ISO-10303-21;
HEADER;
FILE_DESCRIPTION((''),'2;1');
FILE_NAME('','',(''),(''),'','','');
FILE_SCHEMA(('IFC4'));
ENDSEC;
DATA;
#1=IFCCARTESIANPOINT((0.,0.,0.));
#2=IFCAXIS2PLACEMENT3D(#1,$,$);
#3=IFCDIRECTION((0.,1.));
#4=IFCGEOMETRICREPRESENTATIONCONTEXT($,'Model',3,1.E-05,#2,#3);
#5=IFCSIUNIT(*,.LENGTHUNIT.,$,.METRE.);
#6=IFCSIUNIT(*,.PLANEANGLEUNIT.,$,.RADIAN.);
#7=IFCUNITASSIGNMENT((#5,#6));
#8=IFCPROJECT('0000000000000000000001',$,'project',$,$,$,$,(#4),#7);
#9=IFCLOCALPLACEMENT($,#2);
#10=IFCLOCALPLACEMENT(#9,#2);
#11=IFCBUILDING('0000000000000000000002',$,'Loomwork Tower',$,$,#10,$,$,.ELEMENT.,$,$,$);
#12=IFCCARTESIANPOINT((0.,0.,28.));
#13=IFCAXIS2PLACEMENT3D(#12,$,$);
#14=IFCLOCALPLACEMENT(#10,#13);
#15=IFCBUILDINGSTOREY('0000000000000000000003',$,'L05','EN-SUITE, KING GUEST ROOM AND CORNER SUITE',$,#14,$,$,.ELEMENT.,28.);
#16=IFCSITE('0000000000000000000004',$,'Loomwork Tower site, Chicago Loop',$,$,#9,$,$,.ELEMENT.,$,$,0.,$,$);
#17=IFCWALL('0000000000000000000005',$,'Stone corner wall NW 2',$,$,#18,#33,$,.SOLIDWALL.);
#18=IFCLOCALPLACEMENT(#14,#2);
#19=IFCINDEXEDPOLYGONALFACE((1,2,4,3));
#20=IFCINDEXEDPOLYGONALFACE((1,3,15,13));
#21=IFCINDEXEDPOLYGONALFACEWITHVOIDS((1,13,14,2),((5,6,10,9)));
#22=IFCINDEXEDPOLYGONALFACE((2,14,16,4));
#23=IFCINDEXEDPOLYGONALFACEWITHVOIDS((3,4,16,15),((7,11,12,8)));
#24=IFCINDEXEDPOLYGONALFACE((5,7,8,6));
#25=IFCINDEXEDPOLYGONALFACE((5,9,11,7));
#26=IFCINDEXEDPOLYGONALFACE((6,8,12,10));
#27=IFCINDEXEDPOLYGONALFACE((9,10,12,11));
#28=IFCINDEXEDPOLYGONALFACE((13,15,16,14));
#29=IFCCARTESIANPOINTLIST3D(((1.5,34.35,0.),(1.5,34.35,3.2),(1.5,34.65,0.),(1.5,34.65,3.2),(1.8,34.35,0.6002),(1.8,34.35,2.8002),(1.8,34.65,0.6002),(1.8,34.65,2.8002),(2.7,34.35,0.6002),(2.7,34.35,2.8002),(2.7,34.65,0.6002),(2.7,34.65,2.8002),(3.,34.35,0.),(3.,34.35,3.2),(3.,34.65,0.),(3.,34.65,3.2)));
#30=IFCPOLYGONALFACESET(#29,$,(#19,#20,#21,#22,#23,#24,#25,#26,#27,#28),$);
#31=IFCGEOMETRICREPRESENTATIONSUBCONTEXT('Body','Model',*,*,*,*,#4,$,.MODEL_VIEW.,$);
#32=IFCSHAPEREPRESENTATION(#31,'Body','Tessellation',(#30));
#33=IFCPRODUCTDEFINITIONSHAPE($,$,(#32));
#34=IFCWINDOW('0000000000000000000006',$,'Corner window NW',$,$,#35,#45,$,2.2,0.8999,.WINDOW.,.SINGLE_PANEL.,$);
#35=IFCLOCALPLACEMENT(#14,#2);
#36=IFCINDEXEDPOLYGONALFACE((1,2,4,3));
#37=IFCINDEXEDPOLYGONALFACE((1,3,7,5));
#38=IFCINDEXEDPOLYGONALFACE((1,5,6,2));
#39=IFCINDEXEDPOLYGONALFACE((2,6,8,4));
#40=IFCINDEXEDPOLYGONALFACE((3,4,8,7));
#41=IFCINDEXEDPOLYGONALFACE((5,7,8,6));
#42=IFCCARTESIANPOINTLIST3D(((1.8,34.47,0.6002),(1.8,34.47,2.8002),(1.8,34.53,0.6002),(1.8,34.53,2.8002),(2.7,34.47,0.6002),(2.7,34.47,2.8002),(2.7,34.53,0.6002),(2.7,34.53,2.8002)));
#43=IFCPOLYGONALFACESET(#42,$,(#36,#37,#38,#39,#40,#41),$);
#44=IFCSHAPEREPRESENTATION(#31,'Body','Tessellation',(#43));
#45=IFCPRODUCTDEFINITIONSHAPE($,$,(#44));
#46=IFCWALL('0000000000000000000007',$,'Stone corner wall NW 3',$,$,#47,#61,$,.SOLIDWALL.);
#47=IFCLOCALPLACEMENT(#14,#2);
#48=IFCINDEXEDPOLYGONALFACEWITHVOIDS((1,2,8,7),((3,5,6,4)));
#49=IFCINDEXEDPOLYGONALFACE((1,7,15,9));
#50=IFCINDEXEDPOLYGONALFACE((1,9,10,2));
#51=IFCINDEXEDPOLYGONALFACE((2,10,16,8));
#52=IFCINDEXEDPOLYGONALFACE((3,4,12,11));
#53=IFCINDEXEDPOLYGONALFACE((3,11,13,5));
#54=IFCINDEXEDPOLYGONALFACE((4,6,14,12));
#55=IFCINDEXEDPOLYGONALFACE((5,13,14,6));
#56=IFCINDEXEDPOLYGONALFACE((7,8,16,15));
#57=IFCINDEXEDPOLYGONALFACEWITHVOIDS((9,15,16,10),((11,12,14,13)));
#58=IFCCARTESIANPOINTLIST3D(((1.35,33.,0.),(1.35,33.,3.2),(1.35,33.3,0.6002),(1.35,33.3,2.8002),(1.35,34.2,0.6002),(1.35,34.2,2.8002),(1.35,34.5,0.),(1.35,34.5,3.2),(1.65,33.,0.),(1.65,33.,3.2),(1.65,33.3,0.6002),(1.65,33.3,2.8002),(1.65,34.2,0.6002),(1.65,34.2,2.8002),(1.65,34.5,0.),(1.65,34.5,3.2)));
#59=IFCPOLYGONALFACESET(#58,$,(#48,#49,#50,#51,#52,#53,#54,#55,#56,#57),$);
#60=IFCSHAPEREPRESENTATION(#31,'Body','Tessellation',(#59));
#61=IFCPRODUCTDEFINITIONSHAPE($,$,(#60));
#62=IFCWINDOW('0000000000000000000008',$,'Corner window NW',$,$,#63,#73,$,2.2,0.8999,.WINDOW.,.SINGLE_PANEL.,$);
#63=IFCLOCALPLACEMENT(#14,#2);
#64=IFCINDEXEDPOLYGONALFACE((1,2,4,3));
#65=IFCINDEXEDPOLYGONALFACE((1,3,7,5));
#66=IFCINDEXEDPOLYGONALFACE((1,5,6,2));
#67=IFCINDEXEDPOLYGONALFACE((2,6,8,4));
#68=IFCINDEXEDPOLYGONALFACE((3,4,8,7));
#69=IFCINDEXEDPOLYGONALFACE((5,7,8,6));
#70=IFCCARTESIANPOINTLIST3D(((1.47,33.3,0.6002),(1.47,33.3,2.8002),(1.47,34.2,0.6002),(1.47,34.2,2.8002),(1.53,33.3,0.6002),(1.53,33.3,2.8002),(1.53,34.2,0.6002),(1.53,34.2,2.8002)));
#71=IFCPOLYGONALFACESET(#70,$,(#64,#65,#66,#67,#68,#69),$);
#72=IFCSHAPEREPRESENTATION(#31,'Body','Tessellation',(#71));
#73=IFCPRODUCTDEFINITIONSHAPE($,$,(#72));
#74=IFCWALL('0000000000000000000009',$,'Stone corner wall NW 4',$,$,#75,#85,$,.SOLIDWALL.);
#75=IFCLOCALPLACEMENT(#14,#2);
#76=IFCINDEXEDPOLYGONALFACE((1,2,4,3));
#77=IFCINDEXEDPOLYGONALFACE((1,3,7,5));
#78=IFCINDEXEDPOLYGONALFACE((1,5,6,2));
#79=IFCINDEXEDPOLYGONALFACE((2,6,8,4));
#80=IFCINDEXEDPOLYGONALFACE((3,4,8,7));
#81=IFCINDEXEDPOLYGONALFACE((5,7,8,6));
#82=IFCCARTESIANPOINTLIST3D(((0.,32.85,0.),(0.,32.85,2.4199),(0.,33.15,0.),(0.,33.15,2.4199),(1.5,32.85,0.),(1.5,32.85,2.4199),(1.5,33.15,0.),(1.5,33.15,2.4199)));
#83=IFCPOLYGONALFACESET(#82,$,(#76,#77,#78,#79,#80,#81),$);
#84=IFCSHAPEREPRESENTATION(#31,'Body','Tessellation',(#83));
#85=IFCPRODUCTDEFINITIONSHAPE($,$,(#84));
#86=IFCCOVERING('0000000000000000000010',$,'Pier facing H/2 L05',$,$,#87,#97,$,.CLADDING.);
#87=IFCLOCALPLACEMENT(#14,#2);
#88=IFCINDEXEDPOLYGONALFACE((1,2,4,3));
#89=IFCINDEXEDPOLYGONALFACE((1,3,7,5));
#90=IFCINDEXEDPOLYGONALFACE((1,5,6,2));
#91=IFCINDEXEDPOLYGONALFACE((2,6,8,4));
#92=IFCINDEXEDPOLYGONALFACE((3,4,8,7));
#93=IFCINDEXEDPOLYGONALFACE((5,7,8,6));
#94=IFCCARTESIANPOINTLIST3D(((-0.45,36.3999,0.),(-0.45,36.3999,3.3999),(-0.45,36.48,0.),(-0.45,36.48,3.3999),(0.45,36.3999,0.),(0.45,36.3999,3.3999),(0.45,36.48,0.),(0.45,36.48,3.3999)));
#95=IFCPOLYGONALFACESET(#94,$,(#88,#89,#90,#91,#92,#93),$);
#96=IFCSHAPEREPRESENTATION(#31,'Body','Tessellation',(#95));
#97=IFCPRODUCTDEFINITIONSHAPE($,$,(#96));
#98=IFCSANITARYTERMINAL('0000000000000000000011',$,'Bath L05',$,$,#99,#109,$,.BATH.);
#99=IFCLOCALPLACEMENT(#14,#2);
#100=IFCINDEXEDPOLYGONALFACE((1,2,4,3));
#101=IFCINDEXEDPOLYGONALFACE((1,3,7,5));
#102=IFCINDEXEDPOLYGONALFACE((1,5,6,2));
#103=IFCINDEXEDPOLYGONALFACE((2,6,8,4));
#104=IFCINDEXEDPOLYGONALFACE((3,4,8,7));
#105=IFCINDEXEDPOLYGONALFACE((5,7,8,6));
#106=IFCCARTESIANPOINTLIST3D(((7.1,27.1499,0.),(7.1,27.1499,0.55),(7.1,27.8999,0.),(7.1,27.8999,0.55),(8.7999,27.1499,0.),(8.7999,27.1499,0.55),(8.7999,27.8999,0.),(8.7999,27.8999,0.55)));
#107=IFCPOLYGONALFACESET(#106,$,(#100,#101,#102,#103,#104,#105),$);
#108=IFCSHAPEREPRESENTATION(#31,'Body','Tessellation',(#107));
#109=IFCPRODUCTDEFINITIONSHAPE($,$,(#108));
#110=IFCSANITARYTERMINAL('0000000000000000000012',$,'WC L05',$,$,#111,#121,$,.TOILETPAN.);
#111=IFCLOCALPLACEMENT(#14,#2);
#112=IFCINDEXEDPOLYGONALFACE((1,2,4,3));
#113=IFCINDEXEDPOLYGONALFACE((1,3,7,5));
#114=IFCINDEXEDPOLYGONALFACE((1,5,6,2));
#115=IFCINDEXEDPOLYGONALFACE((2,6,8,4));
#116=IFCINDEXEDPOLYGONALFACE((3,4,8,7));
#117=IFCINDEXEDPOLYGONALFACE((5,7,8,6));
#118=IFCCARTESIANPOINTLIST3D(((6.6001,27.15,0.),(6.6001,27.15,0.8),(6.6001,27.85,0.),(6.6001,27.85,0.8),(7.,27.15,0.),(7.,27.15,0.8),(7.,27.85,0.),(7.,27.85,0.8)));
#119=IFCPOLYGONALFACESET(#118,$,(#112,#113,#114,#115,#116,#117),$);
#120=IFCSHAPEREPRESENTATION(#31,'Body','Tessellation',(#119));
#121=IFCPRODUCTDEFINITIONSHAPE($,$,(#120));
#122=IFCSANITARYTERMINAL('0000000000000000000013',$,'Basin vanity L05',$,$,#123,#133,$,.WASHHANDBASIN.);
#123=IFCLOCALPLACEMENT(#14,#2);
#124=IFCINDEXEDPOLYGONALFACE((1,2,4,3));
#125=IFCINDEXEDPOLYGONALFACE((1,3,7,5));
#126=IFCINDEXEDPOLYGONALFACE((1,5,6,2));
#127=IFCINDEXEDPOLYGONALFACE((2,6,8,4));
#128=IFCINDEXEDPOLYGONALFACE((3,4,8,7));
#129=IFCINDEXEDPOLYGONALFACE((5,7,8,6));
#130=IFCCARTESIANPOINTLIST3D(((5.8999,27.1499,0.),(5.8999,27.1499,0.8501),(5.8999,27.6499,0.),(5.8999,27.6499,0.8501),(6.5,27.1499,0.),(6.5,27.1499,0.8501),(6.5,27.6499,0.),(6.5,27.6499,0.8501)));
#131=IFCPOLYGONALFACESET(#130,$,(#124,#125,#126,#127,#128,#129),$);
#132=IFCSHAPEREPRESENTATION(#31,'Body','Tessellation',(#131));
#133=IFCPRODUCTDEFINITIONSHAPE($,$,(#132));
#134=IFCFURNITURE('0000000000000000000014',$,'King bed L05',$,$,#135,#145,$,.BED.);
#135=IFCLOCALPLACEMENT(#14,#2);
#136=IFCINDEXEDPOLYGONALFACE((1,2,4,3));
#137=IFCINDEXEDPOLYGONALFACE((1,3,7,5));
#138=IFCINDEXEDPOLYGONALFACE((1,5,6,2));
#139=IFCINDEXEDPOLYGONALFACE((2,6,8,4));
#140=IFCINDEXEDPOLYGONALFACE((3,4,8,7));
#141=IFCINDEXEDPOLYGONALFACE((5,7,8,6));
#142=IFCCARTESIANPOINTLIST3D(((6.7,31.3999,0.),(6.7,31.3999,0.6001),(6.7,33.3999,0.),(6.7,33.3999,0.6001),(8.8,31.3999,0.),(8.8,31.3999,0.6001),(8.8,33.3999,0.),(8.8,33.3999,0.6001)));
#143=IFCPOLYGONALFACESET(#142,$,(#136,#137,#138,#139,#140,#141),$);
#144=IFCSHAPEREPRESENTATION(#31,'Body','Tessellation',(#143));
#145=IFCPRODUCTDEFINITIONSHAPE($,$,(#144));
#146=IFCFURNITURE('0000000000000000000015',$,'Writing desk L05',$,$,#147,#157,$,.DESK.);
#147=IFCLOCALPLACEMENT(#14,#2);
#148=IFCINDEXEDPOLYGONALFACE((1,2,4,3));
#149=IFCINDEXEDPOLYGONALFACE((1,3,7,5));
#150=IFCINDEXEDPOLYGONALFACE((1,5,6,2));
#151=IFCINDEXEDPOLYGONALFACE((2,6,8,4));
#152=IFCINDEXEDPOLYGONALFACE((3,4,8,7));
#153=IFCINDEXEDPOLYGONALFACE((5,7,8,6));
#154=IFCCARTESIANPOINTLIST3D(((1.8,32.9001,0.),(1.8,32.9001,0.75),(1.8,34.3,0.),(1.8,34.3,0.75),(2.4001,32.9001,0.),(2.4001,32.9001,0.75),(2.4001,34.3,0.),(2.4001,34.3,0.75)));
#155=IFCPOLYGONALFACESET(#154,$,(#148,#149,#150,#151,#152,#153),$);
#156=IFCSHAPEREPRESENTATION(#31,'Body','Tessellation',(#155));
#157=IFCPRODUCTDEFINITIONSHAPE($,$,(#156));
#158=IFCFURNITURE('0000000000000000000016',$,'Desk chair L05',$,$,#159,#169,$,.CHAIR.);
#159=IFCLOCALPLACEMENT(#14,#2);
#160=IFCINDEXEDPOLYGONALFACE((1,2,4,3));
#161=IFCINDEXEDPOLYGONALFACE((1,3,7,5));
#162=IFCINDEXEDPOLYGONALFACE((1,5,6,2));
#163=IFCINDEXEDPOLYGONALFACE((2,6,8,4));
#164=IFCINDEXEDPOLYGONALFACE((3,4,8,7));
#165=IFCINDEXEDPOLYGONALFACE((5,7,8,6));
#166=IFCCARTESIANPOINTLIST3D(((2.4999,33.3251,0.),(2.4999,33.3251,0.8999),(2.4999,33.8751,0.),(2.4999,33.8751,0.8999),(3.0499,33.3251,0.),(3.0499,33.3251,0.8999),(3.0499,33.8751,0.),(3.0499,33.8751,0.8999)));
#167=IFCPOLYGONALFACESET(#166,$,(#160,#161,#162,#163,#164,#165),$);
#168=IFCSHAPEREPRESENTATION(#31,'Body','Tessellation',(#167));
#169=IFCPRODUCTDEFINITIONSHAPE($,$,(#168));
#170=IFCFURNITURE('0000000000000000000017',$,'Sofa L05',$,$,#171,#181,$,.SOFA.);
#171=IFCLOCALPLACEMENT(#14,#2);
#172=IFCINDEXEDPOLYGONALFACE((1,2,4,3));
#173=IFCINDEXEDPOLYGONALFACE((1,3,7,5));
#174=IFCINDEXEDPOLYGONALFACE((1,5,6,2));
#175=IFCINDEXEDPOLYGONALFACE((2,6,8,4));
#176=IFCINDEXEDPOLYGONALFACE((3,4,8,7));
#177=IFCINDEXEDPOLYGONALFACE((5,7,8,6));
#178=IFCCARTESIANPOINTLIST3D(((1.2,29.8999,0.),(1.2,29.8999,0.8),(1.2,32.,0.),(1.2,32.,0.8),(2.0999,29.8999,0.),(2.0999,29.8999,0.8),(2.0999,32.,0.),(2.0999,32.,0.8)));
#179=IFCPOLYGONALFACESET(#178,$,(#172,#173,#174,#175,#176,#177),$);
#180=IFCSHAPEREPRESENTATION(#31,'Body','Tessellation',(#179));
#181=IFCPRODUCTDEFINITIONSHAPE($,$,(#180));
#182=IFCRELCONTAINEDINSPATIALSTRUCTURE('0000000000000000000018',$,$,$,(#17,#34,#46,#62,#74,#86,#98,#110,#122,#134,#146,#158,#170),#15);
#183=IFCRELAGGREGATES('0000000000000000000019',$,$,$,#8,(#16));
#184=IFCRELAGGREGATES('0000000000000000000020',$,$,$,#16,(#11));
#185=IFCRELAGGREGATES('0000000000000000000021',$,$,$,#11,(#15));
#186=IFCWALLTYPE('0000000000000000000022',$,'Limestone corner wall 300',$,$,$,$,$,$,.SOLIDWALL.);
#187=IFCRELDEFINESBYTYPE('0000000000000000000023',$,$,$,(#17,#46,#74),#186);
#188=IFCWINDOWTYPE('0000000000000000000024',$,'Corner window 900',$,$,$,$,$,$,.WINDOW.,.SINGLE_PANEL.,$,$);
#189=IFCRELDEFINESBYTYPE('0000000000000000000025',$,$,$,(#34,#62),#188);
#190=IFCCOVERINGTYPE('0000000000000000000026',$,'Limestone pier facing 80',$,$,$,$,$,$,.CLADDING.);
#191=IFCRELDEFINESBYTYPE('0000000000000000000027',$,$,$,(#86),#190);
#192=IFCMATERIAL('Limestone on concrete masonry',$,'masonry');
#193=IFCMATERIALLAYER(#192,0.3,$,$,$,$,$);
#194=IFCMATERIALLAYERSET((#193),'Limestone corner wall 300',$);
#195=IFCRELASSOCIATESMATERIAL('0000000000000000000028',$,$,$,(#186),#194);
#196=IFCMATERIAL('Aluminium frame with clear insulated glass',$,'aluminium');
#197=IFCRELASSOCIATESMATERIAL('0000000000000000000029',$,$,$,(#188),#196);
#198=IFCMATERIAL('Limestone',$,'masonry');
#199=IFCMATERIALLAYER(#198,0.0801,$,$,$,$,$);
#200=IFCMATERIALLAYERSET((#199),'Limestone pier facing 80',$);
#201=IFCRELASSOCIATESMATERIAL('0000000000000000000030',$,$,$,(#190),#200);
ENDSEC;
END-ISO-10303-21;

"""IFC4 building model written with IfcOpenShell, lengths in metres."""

from ifc_helpers import new_model, si_unit, direction, frame, frame_2d, origin, origin_2d, place, context, subcontext, project, spatial, rectangle, extrude, material, layer, layer_set, type_object, element, fill, save


model = new_model("IFC4")

# Units and contexts
model_context = context("Model", 3, precision=1e-05, world=origin(), true_north=direction((0.0, 1.0)))
body_context = subcontext(model_context, "Body", "Model", "MODEL_VIEW")
ifc_project = project(units=[si_unit("LENGTHUNIT", "METRE"), si_unit("PLANEANGLEUNIT", "RADIAN")], contexts=[model_context])

# Site, building, storey
site_placement = place(None, origin())
site = spatial("IfcSite", under=ifc_project, at=site_placement, Name="Loomwork Tower site, Chicago Loop", CompositionType="ELEMENT", RefElevation=0.0)
building_placement = place(site_placement, origin())
building = spatial("IfcBuilding", under=site, at=building_placement, Name="Loomwork Tower", CompositionType="ELEMENT")
storey_placement = place(building_placement, frame((0.0, 0.0, 28.0)))
storey = spatial("IfcBuildingStorey", under=building, at=storey_placement, Name="L05", Description="EN-SUITE, KING GUEST ROOM AND CORNER SUITE", CompositionType="ELEMENT", Elevation=28.0)

# Shared definitions
ifc_material_1 = material(Name="Limestone on concrete masonry", Category="masonry")
ifc_layer_1 = layer(ifc_material_1, 0.3)
ifc_layer_set_1 = layer_set([ifc_layer_1], Name="Limestone corner wall 300")
wall_type_1 = type_object("IfcWallType", Name="Limestone corner wall 300", PredefinedType="SOLIDWALL", material=ifc_layer_set_1)

# Walls, openings, windows
wall_1_placement = place(storey_placement, frame((3.0, 34.5, 0.0), z_axis=(0.0, 0.0, 1.0), x_axis=(-1.0, 0.0, 0.0)))
wall_1 = element("IfcWall", 1, at=wall_1_placement, inside=storey, type_object=wall_type_1, Name="Stone corner wall NW 2", PredefinedType="SOLIDWALL", context=body_context, shape_type="SweptSolid", body=[
    extrude(rectangle(XDim=1.5, YDim=0.3, at=frame_2d((0.75, 0.0))), origin(), (0.0, 0.0, 1.0), 3.2),
])
opening_1_placement = place(wall_1_placement, frame((0.3, 0.0, 0.6001)))
opening_1 = element("IfcOpeningElement", 2, at=opening_1_placement, cuts=wall_1, PredefinedType="OPENING", context=body_context, shape_type="SweptSolid", body=[
    extrude(rectangle(XDim=0.8999, YDim=2.2, at=frame_2d((0.45, 1.1001))), frame((0.0, 0.1599, 0.0), z_axis=(0.0, -1.0, 0.0), x_axis=(1.0, 0.0, 0.0)), (0.0, 0.0, 1.0), 0.3201),
])
ifc_material_2 = material(Name="Aluminium frame with clear insulated glass", Category="aluminium")
window_type_1 = type_object("IfcWindowType", Name="Corner window 900", PartitioningType="SINGLE_PANEL", PredefinedType="WINDOW", material=ifc_material_2)
window_1_placement = place(opening_1_placement, origin())
window_1 = element("IfcWindow", 3, at=window_1_placement, inside=storey, type_object=window_type_1, Name="Corner window NW", OverallHeight=2.2, OverallWidth=0.8999, PartitioningType="SINGLE_PANEL", PredefinedType="WINDOW", context=body_context, shape_type="SweptSolid", body=[
    extrude(rectangle(XDim=0.8999, YDim=2.2, at=frame_2d((0.45, 1.1001))), frame((0.0, 0.03, 0.0), z_axis=(0.0, -1.0, 0.0), x_axis=(1.0, 0.0, 0.0)), (0.0, 0.0, 1.0), 0.0601),
])
fill(opening_1, window_1)
wall_2_placement = place(storey_placement, frame((1.5, 34.5, 0.0), z_axis=(0.0, 0.0, 1.0), x_axis=(0.0, -1.0, 0.0)))
wall_2 = element("IfcWall", 4, at=wall_2_placement, inside=storey, type_object=wall_type_1, Name="Stone corner wall NW 3", PredefinedType="SOLIDWALL", context=body_context, shape_type="SweptSolid", body=[
    extrude(rectangle(XDim=1.5, YDim=0.3, at=frame_2d((0.75, 0.0))), origin(), (0.0, 0.0, 1.0), 3.2),
])
opening_2_placement = place(wall_2_placement, frame((0.3, 0.0, 0.6001)))
opening_2 = element("IfcOpeningElement", 5, at=opening_2_placement, cuts=wall_2, PredefinedType="OPENING", context=body_context, shape_type="SweptSolid", body=[
    extrude(rectangle(XDim=0.8999, YDim=2.2, at=frame_2d((0.45, 1.1001))), frame((0.0, 0.1599, 0.0), z_axis=(0.0, -1.0, 0.0), x_axis=(1.0, 0.0, 0.0)), (0.0, 0.0, 1.0), 0.3201),
])
window_2_placement = place(opening_2_placement, origin())
window_2 = element("IfcWindow", 6, at=window_2_placement, inside=storey, type_object=window_type_1, Name="Corner window NW", OverallHeight=2.2, OverallWidth=0.8999, PartitioningType="SINGLE_PANEL", PredefinedType="WINDOW", context=body_context, shape_type="SweptSolid", body=[
    extrude(rectangle(XDim=0.8999, YDim=2.2, at=frame_2d((0.45, 1.1001))), frame((0.0, 0.03, 0.0), z_axis=(0.0, -1.0, 0.0), x_axis=(1.0, 0.0, 0.0)), (0.0, 0.0, 1.0), 0.0601),
])
fill(opening_2, window_2)

# Wall
wall_3_placement = place(storey_placement, frame((1.5, 33.0, 0.0), z_axis=(0.0, 0.0, 1.0), x_axis=(-1.0, 0.0, 0.0)))
element("IfcWall", 7, at=wall_3_placement, inside=storey, type_object=wall_type_1, Name="Stone corner wall NW 4", PredefinedType="SOLIDWALL", context=body_context, shape_type="SweptSolid", body=[
    extrude(rectangle(XDim=1.5, YDim=0.3, at=frame_2d((0.75, 0.0))), origin(), (0.0, 0.0, 1.0), 2.4199),
])

# Covering
ifc_material_3 = material(Name="Limestone", Category="masonry")
ifc_layer_2 = layer(ifc_material_3, 0.0801)
ifc_layer_set_2 = layer_set([ifc_layer_2], Name="Limestone pier facing 80")
covering_type = type_object("IfcCoveringType", Name="Limestone pier facing 80", PredefinedType="CLADDING", material=ifc_layer_set_2)
covering_placement = place(storey_placement, frame((0.0, 36.4399, 0.0), z_axis=(0.0, 0.0, 1.0), x_axis=(1.0, 0.0, 0.0)))
element("IfcCovering", 8, at=covering_placement, inside=storey, type_object=covering_type, Name="Pier facing H/2 L05", PredefinedType="CLADDING", context=body_context, shape_type="SweptSolid", body=[
    extrude(rectangle(XDim=0.8999, YDim=0.0801, at=origin_2d()), origin(), (0.0, 0.0, 1.0), 3.3999),
])

# Sanitary terminals
sanitary_terminal_1_placement = place(storey_placement, frame((7.95, 27.5249, 0.0), z_axis=(0.0, 0.0, 1.0), x_axis=(1.0, 0.0, 0.0)))
element("IfcSanitaryTerminal", 9, at=sanitary_terminal_1_placement, inside=storey, Name="Bath L05", PredefinedType="BATH", context=body_context, shape_type="SweptSolid", body=[
    extrude(rectangle(XDim=1.7, YDim=0.75, at=origin_2d()), origin(), (0.0, 0.0, 1.0), 0.55),
])
sanitary_terminal_2_placement = place(storey_placement, frame((6.8, 27.5, 0.0), z_axis=(0.0, 0.0, 1.0), x_axis=(1.0, 0.0, 0.0)))
element("IfcSanitaryTerminal", 10, at=sanitary_terminal_2_placement, inside=storey, Name="WC L05", PredefinedType="TOILETPAN", context=body_context, shape_type="SweptSolid", body=[
    extrude(rectangle(XDim=0.3999, YDim=0.7, at=origin_2d()), origin(), (0.0, 0.0, 1.0), 0.8),
])
sanitary_terminal_3_placement = place(storey_placement, frame((6.2, 27.3999, 0.0), z_axis=(0.0, 0.0, 1.0), x_axis=(1.0, 0.0, 0.0)))
element("IfcSanitaryTerminal", 11, at=sanitary_terminal_3_placement, inside=storey, Name="Basin vanity L05", PredefinedType="WASHHANDBASIN", context=body_context, shape_type="SweptSolid", body=[
    extrude(rectangle(XDim=0.6001, YDim=0.5, at=origin_2d()), origin(), (0.0, 0.0, 1.0), 0.8501),
])

# Furniture
furniture_1_placement = place(storey_placement, frame((7.75, 32.3999, 0.0), z_axis=(0.0, 0.0, 1.0), x_axis=(1.0, 0.0, 0.0)))
element("IfcFurniture", 12, at=furniture_1_placement, inside=storey, Name="King bed L05", PredefinedType="BED", context=body_context, shape_type="SweptSolid", body=[
    extrude(rectangle(XDim=2.1001, YDim=2.0, at=origin_2d()), origin(), (0.0, 0.0, 1.0), 0.6001),
])
furniture_2_placement = place(storey_placement, frame((2.1001, 33.6001, 0.0), z_axis=(0.0, 0.0, 1.0), x_axis=(1.0, 0.0, 0.0)))
element("IfcFurniture", 13, at=furniture_2_placement, inside=storey, Name="Writing desk L05", PredefinedType="DESK", context=body_context, shape_type="SweptSolid", body=[
    extrude(rectangle(XDim=0.6001, YDim=1.3999, at=origin_2d()), origin(), (0.0, 0.0, 1.0), 0.75),
])
furniture_3_placement = place(storey_placement, frame((2.7749, 33.6001, 0.0), z_axis=(0.0, 0.0, 1.0), x_axis=(1.0, 0.0, 0.0)))
element("IfcFurniture", 14, at=furniture_3_placement, inside=storey, Name="Desk chair L05", PredefinedType="CHAIR", context=body_context, shape_type="SweptSolid", body=[
    extrude(rectangle(XDim=0.55, YDim=0.55, at=origin_2d()), origin(), (0.0, 0.0, 1.0), 0.8999),
])
furniture_4_placement = place(storey_placement, frame((1.6499, 30.95, 0.0), z_axis=(0.0, 0.0, 1.0), x_axis=(1.0, 0.0, 0.0)))
element("IfcFurniture", 15, at=furniture_4_placement, inside=storey, Name="Sofa L05", PredefinedType="SOFA", context=body_context, shape_type="SweptSolid", body=[
    extrude(rectangle(XDim=0.8999, YDim=2.1001, at=origin_2d()), origin(), (0.0, 0.0, 1.0), 0.8),
])

save(model, "model.ifc")
